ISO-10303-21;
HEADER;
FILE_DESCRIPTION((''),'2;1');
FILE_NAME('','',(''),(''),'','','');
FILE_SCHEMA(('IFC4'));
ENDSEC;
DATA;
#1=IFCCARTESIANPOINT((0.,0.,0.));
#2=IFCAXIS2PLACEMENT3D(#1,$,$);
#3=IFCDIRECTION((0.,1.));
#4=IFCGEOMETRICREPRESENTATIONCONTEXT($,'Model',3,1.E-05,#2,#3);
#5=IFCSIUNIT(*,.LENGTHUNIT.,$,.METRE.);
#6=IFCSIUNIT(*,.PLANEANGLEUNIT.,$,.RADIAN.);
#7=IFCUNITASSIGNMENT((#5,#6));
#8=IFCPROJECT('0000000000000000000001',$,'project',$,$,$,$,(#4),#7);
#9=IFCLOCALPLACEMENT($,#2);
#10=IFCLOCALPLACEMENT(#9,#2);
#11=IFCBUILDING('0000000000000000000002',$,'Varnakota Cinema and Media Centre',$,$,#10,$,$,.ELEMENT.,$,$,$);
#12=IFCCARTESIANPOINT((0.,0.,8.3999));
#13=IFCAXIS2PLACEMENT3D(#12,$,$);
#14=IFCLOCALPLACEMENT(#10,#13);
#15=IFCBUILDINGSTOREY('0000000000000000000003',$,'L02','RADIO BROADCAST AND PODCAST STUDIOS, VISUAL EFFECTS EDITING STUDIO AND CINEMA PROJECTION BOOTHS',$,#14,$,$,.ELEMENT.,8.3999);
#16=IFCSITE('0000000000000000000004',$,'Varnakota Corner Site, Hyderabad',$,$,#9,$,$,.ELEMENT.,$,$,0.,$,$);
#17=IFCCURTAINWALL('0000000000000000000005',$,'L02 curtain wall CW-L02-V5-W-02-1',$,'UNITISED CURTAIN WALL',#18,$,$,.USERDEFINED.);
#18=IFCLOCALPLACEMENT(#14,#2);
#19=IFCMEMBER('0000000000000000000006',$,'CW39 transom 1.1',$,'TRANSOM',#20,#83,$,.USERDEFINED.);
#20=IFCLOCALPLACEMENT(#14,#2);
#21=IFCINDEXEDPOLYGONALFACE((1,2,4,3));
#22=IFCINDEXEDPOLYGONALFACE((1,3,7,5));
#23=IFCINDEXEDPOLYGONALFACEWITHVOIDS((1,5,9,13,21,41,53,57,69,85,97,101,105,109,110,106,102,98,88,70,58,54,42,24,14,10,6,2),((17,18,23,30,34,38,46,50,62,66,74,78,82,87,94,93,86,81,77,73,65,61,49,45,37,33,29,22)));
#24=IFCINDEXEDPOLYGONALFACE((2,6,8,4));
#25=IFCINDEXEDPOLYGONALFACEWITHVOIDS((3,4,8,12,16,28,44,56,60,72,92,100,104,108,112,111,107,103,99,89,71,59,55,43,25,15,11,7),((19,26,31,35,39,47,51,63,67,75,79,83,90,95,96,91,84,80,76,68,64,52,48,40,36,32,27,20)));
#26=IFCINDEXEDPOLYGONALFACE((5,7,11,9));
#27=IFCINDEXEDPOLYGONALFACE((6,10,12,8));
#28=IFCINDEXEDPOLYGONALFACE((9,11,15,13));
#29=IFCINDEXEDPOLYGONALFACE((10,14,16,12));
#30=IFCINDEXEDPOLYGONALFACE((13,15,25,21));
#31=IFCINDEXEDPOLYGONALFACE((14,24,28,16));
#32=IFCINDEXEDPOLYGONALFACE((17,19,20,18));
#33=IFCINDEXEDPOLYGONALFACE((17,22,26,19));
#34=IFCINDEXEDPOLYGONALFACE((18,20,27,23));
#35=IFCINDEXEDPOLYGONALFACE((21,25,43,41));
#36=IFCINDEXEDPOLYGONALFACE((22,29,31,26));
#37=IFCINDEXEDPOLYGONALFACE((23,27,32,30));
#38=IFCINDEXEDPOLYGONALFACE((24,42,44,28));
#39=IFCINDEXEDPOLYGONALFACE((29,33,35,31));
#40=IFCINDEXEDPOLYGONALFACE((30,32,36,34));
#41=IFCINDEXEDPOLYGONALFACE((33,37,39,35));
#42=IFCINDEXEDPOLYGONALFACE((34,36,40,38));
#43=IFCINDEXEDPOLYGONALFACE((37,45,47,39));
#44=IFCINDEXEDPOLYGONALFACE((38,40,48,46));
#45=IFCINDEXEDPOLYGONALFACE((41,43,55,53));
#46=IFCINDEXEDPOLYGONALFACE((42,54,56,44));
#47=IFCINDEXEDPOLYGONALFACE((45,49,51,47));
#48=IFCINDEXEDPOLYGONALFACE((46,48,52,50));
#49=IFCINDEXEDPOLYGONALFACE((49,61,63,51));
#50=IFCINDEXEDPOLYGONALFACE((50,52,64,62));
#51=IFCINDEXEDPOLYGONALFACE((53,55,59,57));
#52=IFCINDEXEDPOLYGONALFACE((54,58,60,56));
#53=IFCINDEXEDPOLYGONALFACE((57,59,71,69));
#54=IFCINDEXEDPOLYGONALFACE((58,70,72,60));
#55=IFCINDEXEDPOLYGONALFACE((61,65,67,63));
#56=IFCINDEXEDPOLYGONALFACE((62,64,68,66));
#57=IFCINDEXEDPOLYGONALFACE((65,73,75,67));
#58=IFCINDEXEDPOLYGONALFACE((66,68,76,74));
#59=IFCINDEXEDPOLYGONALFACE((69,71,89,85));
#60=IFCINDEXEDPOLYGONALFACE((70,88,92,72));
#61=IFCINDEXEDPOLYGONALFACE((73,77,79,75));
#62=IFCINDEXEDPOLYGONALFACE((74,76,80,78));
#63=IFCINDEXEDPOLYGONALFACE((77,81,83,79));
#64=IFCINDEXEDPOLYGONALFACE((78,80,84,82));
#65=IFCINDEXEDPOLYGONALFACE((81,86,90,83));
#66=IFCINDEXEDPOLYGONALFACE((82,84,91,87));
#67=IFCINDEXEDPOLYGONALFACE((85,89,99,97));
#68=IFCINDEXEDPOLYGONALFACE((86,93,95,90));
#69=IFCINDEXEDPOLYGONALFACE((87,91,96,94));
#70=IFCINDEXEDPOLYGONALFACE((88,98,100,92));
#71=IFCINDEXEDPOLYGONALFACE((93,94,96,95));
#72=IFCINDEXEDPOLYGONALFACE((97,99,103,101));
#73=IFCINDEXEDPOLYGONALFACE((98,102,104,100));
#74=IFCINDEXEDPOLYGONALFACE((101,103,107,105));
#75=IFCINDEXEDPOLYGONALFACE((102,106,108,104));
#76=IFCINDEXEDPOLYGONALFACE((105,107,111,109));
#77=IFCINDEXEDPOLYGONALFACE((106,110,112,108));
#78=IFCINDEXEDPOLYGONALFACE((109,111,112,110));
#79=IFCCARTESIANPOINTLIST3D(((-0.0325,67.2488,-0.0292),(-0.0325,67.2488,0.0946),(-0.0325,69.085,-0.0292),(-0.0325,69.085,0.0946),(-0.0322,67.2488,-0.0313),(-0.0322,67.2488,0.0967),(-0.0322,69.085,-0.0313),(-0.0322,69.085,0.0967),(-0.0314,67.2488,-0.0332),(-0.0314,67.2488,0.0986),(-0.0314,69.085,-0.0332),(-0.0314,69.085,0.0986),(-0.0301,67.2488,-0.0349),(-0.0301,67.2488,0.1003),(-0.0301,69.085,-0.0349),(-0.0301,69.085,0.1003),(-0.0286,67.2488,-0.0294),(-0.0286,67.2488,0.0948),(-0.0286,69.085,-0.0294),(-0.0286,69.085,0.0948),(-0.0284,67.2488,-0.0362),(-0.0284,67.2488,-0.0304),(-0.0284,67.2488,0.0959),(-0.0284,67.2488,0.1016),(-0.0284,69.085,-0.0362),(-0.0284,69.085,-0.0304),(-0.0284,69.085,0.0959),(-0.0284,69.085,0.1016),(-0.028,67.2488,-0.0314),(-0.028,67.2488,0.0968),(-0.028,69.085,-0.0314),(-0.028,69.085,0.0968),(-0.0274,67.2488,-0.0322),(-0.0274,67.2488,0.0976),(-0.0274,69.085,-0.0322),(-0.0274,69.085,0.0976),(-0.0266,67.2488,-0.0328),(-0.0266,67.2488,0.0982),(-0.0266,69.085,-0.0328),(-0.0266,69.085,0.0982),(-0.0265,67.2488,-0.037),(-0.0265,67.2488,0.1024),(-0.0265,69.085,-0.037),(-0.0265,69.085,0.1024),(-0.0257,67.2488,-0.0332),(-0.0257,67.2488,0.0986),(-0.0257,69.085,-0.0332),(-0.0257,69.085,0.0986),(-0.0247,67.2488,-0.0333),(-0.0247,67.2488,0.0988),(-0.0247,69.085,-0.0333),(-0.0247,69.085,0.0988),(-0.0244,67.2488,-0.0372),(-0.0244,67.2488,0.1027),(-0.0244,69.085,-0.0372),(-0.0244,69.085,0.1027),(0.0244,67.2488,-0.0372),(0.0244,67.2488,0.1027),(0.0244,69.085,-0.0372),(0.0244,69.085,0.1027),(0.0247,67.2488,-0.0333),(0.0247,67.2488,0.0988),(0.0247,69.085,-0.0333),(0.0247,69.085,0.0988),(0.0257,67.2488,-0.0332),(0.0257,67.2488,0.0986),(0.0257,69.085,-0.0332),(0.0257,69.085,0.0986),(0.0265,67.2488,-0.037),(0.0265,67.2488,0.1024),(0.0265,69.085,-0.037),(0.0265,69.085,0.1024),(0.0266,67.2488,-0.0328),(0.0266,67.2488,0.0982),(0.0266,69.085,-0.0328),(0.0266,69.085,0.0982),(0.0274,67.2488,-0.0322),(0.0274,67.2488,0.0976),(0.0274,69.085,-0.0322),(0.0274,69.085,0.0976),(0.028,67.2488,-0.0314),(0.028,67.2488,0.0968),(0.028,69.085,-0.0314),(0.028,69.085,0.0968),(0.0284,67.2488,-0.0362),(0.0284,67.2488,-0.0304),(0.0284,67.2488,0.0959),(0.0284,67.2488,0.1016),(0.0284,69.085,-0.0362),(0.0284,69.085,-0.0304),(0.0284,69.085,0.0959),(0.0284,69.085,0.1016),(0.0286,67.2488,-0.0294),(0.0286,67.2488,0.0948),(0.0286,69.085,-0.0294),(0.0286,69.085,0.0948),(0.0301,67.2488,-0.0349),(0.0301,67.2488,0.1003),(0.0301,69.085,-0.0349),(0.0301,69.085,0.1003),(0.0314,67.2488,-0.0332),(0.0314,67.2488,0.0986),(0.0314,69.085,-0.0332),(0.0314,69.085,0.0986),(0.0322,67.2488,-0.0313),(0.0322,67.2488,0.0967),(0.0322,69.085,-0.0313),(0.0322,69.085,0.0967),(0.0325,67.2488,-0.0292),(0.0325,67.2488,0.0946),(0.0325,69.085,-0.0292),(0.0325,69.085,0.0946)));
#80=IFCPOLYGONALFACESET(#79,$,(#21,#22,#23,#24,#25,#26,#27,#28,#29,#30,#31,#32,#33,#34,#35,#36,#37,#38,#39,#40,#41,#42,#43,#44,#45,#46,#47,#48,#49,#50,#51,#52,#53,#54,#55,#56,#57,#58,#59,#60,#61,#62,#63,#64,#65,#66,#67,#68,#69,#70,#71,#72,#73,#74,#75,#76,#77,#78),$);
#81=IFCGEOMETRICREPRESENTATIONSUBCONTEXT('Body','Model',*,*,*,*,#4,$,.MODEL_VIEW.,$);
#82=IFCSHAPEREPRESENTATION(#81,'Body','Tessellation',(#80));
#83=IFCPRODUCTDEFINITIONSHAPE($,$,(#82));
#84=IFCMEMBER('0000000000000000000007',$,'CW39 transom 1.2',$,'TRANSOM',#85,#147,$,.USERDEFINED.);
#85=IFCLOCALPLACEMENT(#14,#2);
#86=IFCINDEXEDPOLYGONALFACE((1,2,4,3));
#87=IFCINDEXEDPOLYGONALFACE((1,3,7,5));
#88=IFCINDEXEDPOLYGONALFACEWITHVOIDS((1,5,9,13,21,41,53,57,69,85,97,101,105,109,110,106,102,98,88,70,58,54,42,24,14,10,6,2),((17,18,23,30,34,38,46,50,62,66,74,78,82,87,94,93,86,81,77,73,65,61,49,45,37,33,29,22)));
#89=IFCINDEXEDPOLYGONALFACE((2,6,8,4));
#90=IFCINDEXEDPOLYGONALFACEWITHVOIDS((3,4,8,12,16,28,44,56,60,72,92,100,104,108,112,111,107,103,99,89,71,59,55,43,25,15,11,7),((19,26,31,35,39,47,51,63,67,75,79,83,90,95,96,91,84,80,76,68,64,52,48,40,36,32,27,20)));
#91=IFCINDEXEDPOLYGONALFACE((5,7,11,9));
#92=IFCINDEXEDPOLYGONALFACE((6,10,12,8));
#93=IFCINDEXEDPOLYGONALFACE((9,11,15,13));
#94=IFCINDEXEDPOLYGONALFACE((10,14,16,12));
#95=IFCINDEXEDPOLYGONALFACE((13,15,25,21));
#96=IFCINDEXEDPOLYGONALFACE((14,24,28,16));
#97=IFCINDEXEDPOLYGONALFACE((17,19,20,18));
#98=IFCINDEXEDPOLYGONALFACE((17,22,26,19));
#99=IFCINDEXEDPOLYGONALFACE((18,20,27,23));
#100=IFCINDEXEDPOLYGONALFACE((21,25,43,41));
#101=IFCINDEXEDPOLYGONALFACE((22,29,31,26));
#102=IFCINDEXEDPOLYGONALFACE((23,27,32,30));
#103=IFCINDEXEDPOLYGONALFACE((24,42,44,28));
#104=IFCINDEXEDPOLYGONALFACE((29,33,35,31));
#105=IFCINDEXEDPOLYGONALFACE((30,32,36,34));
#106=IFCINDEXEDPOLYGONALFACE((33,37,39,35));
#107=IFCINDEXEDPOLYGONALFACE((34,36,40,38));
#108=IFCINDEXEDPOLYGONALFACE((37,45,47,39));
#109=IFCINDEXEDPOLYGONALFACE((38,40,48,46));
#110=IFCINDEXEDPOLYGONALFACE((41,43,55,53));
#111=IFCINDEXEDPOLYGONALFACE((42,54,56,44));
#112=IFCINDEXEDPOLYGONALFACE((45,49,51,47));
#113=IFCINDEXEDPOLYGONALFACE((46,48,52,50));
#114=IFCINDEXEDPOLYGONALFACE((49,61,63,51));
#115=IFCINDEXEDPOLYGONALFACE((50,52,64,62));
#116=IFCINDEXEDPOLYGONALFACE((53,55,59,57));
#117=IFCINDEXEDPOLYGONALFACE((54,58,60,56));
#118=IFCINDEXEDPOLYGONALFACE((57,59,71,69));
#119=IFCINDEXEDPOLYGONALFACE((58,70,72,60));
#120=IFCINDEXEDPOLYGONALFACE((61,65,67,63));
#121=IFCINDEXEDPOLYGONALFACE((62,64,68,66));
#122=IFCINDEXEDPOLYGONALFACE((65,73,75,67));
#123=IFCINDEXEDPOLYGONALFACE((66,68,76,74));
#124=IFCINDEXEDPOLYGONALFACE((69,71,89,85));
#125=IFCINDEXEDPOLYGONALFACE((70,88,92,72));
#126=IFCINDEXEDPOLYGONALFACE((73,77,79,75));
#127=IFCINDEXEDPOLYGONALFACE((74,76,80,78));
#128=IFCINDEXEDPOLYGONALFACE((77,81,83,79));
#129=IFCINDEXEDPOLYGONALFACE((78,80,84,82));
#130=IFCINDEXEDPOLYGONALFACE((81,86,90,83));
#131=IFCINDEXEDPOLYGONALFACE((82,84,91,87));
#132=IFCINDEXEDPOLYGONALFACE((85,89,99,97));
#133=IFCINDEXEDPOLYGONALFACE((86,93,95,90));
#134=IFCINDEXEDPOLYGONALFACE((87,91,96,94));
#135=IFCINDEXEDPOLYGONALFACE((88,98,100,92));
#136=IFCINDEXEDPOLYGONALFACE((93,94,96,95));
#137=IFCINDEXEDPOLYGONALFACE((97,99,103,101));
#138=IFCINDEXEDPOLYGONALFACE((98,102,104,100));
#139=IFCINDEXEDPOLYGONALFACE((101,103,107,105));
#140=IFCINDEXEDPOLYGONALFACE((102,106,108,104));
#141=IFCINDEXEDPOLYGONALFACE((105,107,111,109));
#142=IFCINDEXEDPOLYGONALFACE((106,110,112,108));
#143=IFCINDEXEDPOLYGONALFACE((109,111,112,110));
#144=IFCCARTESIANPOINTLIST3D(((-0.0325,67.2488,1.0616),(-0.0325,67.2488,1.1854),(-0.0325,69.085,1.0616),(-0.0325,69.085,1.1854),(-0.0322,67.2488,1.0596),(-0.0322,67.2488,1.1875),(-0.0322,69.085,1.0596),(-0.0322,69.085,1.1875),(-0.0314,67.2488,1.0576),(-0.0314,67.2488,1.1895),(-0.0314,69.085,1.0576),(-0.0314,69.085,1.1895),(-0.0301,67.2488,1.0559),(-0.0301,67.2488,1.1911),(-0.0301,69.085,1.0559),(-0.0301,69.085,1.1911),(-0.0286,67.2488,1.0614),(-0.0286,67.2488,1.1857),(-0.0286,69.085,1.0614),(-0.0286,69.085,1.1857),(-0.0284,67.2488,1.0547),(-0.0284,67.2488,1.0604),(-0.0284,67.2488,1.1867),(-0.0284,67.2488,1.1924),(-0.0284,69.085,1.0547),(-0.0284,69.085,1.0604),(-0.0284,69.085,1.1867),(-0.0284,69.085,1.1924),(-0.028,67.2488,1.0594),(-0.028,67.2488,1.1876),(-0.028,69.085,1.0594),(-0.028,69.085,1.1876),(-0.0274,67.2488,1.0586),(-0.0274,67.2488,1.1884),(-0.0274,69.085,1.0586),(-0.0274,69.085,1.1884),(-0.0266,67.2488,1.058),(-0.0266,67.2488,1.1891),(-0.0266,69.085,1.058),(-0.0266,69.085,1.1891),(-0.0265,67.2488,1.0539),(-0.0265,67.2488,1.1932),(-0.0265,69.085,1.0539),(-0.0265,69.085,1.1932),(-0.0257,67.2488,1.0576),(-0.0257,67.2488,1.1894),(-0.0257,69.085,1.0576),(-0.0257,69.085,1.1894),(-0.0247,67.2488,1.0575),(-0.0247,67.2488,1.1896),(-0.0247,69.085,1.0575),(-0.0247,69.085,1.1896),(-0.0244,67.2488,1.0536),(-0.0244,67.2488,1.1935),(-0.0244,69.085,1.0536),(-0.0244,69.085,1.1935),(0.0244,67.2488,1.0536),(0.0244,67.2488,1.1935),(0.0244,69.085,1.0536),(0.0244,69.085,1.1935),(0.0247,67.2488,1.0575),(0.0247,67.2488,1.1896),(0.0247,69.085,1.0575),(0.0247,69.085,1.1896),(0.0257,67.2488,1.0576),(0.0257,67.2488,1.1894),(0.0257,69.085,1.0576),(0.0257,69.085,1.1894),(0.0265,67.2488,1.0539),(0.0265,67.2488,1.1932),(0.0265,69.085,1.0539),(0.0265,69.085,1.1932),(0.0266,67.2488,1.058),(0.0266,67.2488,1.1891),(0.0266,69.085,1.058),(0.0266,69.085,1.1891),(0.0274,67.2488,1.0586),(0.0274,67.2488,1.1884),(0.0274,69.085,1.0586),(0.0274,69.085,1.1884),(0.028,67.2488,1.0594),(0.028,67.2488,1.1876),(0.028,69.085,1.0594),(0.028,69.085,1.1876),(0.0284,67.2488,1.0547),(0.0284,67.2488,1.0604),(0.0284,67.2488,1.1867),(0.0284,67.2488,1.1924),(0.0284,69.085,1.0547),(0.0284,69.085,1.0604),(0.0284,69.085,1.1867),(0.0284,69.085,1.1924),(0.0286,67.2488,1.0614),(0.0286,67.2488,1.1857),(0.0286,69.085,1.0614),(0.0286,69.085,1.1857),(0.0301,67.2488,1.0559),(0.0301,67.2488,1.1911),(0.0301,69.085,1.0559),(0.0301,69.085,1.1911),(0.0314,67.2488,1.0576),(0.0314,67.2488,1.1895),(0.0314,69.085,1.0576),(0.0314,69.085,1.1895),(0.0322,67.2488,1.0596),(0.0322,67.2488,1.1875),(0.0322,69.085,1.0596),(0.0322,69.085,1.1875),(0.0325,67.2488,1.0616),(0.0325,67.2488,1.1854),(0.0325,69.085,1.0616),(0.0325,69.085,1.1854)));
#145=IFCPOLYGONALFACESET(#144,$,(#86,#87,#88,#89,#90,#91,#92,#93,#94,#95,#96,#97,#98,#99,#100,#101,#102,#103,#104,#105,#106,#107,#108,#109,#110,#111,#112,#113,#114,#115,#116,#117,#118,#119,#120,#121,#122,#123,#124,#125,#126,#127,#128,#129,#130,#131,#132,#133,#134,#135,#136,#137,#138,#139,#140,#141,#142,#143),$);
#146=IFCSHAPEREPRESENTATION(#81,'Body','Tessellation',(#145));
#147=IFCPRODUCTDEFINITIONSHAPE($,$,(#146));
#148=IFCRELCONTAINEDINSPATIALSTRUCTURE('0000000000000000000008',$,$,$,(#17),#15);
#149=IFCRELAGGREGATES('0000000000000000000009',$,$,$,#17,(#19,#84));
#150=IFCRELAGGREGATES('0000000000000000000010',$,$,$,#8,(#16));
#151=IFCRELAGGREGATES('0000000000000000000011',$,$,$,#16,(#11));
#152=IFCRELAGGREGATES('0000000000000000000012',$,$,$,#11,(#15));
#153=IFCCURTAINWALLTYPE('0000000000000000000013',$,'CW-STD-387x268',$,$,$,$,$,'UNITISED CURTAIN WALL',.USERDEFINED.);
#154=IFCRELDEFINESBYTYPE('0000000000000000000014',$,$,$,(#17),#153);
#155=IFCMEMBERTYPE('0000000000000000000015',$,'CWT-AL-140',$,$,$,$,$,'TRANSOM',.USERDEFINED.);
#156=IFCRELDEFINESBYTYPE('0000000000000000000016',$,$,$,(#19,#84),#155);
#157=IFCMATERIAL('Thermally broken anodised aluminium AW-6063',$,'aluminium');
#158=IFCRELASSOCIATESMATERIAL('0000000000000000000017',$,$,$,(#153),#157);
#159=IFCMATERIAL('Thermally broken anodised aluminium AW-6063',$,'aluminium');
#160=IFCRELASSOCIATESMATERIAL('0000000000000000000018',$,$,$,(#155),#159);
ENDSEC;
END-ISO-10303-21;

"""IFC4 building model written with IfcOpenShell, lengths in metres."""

from ifc_helpers import new_model, si_unit, direction, frame, origin, origin_2d, place, context, subcontext, project, spatial, hollow_rectangle, extrude, material, material_profile, profile_set, type_object, element, aggregate, save


model = new_model("IFC4")

# Units and contexts
model_context = context("Model", 3, precision=1e-05, world=origin(), true_north=direction((0.0, 1.0)))
body_context = subcontext(model_context, "Body", "Model", "MODEL_VIEW")
ifc_project = project(units=[si_unit("LENGTHUNIT", "METRE"), si_unit("PLANEANGLEUNIT", "RADIAN")], contexts=[model_context])

# Site, building, storey
site_placement = place(None, origin())
site = spatial("IfcSite", under=ifc_project, at=site_placement, Name="Varnakota Corner Site, Hyderabad", CompositionType="ELEMENT", RefElevation=0.0)
building_placement = place(site_placement, origin())
building = spatial("IfcBuilding", under=site, at=building_placement, Name="Varnakota Cinema and Media Centre", CompositionType="ELEMENT")
storey_placement = place(building_placement, frame((0.0, 0.0, 8.3999)))
storey = spatial("IfcBuildingStorey", under=building, at=storey_placement, Name="L02", Description="RADIO BROADCAST AND PODCAST STUDIOS, VISUAL EFFECTS EDITING STUDIO AND CINEMA PROJECTION BOOTHS", CompositionType="ELEMENT", Elevation=8.3999)

# Curtain wall, members
ifc_material_1 = material(Name="Thermally broken anodised aluminium AW-6063", Category="aluminium")
curtain_wall_type = type_object("IfcCurtainWallType", Name="CW-STD-387x268", ElementType="UNITISED CURTAIN WALL", PredefinedType="USERDEFINED", material=ifc_material_1)
curtain_wall_placement = place(storey_placement, origin())
curtain_wall = element("IfcCurtainWall", 1, at=curtain_wall_placement, inside=storey, type_object=curtain_wall_type, Name="L02 curtain wall CW-L02-V5-W-02-1", ObjectType="UNITISED CURTAIN WALL", PredefinedType="USERDEFINED")
ifc_material_2 = material(Name="Thermally broken anodised aluminium AW-6063", Category="aluminium")
ifc_material_profile_1 = material_profile(ifc_material_2, hollow_rectangle(XDim=0.0649, YDim=0.1399, WallThickness=0.0039, InnerFilletRadius=0.0039, OuterFilletRadius=0.0081, at=origin_2d()), Name="AL-TRANSOM 140x65x4")
ifc_profile_set_1 = profile_set([ifc_material_profile_1], Name="Thermally broken anodised aluminium AW-6063")
member_type_1 = type_object("IfcMemberType", Name="CWT-AL-140", ElementType="TRANSOM", PredefinedType="USERDEFINED", material=ifc_profile_set_1)
member_1_placement = place(storey_placement, frame((0.0, 69.085, 0.0327), z_axis=(0.0, -1.0, 0.0), x_axis=(1.0, 0.0, 0.0)))
member_1 = element("IfcMember", 2, at=member_1_placement, type_object=member_type_1, Name="CW39 transom 1.1", ObjectType="TRANSOM", PredefinedType="USERDEFINED", context=body_context, shape_type="SweptSolid", body=[
    extrude(hollow_rectangle(XDim=0.0649, YDim=0.1399, WallThickness=0.0039, InnerFilletRadius=0.0039, OuterFilletRadius=0.0081, at=origin_2d()), origin(), (0.0, 0.0, 1.0), 1.8362),
])
member_2_placement = place(storey_placement, frame((0.0, 69.085, 1.1235), z_axis=(0.0, -1.0, 0.0), x_axis=(1.0, 0.0, 0.0)))
member_2 = element("IfcMember", 3, at=member_2_placement, type_object=member_type_1, Name="CW39 transom 1.2", ObjectType="TRANSOM", PredefinedType="USERDEFINED", context=body_context, shape_type="SweptSolid", body=[
    extrude(hollow_rectangle(XDim=0.0649, YDim=0.1399, WallThickness=0.0039, InnerFilletRadius=0.0039, OuterFilletRadius=0.0081, at=origin_2d()), origin(), (0.0, 0.0, 1.0), 1.8362),
])
aggregate(curtain_wall, [member_1, member_2])

save(model, "model.ifc")
